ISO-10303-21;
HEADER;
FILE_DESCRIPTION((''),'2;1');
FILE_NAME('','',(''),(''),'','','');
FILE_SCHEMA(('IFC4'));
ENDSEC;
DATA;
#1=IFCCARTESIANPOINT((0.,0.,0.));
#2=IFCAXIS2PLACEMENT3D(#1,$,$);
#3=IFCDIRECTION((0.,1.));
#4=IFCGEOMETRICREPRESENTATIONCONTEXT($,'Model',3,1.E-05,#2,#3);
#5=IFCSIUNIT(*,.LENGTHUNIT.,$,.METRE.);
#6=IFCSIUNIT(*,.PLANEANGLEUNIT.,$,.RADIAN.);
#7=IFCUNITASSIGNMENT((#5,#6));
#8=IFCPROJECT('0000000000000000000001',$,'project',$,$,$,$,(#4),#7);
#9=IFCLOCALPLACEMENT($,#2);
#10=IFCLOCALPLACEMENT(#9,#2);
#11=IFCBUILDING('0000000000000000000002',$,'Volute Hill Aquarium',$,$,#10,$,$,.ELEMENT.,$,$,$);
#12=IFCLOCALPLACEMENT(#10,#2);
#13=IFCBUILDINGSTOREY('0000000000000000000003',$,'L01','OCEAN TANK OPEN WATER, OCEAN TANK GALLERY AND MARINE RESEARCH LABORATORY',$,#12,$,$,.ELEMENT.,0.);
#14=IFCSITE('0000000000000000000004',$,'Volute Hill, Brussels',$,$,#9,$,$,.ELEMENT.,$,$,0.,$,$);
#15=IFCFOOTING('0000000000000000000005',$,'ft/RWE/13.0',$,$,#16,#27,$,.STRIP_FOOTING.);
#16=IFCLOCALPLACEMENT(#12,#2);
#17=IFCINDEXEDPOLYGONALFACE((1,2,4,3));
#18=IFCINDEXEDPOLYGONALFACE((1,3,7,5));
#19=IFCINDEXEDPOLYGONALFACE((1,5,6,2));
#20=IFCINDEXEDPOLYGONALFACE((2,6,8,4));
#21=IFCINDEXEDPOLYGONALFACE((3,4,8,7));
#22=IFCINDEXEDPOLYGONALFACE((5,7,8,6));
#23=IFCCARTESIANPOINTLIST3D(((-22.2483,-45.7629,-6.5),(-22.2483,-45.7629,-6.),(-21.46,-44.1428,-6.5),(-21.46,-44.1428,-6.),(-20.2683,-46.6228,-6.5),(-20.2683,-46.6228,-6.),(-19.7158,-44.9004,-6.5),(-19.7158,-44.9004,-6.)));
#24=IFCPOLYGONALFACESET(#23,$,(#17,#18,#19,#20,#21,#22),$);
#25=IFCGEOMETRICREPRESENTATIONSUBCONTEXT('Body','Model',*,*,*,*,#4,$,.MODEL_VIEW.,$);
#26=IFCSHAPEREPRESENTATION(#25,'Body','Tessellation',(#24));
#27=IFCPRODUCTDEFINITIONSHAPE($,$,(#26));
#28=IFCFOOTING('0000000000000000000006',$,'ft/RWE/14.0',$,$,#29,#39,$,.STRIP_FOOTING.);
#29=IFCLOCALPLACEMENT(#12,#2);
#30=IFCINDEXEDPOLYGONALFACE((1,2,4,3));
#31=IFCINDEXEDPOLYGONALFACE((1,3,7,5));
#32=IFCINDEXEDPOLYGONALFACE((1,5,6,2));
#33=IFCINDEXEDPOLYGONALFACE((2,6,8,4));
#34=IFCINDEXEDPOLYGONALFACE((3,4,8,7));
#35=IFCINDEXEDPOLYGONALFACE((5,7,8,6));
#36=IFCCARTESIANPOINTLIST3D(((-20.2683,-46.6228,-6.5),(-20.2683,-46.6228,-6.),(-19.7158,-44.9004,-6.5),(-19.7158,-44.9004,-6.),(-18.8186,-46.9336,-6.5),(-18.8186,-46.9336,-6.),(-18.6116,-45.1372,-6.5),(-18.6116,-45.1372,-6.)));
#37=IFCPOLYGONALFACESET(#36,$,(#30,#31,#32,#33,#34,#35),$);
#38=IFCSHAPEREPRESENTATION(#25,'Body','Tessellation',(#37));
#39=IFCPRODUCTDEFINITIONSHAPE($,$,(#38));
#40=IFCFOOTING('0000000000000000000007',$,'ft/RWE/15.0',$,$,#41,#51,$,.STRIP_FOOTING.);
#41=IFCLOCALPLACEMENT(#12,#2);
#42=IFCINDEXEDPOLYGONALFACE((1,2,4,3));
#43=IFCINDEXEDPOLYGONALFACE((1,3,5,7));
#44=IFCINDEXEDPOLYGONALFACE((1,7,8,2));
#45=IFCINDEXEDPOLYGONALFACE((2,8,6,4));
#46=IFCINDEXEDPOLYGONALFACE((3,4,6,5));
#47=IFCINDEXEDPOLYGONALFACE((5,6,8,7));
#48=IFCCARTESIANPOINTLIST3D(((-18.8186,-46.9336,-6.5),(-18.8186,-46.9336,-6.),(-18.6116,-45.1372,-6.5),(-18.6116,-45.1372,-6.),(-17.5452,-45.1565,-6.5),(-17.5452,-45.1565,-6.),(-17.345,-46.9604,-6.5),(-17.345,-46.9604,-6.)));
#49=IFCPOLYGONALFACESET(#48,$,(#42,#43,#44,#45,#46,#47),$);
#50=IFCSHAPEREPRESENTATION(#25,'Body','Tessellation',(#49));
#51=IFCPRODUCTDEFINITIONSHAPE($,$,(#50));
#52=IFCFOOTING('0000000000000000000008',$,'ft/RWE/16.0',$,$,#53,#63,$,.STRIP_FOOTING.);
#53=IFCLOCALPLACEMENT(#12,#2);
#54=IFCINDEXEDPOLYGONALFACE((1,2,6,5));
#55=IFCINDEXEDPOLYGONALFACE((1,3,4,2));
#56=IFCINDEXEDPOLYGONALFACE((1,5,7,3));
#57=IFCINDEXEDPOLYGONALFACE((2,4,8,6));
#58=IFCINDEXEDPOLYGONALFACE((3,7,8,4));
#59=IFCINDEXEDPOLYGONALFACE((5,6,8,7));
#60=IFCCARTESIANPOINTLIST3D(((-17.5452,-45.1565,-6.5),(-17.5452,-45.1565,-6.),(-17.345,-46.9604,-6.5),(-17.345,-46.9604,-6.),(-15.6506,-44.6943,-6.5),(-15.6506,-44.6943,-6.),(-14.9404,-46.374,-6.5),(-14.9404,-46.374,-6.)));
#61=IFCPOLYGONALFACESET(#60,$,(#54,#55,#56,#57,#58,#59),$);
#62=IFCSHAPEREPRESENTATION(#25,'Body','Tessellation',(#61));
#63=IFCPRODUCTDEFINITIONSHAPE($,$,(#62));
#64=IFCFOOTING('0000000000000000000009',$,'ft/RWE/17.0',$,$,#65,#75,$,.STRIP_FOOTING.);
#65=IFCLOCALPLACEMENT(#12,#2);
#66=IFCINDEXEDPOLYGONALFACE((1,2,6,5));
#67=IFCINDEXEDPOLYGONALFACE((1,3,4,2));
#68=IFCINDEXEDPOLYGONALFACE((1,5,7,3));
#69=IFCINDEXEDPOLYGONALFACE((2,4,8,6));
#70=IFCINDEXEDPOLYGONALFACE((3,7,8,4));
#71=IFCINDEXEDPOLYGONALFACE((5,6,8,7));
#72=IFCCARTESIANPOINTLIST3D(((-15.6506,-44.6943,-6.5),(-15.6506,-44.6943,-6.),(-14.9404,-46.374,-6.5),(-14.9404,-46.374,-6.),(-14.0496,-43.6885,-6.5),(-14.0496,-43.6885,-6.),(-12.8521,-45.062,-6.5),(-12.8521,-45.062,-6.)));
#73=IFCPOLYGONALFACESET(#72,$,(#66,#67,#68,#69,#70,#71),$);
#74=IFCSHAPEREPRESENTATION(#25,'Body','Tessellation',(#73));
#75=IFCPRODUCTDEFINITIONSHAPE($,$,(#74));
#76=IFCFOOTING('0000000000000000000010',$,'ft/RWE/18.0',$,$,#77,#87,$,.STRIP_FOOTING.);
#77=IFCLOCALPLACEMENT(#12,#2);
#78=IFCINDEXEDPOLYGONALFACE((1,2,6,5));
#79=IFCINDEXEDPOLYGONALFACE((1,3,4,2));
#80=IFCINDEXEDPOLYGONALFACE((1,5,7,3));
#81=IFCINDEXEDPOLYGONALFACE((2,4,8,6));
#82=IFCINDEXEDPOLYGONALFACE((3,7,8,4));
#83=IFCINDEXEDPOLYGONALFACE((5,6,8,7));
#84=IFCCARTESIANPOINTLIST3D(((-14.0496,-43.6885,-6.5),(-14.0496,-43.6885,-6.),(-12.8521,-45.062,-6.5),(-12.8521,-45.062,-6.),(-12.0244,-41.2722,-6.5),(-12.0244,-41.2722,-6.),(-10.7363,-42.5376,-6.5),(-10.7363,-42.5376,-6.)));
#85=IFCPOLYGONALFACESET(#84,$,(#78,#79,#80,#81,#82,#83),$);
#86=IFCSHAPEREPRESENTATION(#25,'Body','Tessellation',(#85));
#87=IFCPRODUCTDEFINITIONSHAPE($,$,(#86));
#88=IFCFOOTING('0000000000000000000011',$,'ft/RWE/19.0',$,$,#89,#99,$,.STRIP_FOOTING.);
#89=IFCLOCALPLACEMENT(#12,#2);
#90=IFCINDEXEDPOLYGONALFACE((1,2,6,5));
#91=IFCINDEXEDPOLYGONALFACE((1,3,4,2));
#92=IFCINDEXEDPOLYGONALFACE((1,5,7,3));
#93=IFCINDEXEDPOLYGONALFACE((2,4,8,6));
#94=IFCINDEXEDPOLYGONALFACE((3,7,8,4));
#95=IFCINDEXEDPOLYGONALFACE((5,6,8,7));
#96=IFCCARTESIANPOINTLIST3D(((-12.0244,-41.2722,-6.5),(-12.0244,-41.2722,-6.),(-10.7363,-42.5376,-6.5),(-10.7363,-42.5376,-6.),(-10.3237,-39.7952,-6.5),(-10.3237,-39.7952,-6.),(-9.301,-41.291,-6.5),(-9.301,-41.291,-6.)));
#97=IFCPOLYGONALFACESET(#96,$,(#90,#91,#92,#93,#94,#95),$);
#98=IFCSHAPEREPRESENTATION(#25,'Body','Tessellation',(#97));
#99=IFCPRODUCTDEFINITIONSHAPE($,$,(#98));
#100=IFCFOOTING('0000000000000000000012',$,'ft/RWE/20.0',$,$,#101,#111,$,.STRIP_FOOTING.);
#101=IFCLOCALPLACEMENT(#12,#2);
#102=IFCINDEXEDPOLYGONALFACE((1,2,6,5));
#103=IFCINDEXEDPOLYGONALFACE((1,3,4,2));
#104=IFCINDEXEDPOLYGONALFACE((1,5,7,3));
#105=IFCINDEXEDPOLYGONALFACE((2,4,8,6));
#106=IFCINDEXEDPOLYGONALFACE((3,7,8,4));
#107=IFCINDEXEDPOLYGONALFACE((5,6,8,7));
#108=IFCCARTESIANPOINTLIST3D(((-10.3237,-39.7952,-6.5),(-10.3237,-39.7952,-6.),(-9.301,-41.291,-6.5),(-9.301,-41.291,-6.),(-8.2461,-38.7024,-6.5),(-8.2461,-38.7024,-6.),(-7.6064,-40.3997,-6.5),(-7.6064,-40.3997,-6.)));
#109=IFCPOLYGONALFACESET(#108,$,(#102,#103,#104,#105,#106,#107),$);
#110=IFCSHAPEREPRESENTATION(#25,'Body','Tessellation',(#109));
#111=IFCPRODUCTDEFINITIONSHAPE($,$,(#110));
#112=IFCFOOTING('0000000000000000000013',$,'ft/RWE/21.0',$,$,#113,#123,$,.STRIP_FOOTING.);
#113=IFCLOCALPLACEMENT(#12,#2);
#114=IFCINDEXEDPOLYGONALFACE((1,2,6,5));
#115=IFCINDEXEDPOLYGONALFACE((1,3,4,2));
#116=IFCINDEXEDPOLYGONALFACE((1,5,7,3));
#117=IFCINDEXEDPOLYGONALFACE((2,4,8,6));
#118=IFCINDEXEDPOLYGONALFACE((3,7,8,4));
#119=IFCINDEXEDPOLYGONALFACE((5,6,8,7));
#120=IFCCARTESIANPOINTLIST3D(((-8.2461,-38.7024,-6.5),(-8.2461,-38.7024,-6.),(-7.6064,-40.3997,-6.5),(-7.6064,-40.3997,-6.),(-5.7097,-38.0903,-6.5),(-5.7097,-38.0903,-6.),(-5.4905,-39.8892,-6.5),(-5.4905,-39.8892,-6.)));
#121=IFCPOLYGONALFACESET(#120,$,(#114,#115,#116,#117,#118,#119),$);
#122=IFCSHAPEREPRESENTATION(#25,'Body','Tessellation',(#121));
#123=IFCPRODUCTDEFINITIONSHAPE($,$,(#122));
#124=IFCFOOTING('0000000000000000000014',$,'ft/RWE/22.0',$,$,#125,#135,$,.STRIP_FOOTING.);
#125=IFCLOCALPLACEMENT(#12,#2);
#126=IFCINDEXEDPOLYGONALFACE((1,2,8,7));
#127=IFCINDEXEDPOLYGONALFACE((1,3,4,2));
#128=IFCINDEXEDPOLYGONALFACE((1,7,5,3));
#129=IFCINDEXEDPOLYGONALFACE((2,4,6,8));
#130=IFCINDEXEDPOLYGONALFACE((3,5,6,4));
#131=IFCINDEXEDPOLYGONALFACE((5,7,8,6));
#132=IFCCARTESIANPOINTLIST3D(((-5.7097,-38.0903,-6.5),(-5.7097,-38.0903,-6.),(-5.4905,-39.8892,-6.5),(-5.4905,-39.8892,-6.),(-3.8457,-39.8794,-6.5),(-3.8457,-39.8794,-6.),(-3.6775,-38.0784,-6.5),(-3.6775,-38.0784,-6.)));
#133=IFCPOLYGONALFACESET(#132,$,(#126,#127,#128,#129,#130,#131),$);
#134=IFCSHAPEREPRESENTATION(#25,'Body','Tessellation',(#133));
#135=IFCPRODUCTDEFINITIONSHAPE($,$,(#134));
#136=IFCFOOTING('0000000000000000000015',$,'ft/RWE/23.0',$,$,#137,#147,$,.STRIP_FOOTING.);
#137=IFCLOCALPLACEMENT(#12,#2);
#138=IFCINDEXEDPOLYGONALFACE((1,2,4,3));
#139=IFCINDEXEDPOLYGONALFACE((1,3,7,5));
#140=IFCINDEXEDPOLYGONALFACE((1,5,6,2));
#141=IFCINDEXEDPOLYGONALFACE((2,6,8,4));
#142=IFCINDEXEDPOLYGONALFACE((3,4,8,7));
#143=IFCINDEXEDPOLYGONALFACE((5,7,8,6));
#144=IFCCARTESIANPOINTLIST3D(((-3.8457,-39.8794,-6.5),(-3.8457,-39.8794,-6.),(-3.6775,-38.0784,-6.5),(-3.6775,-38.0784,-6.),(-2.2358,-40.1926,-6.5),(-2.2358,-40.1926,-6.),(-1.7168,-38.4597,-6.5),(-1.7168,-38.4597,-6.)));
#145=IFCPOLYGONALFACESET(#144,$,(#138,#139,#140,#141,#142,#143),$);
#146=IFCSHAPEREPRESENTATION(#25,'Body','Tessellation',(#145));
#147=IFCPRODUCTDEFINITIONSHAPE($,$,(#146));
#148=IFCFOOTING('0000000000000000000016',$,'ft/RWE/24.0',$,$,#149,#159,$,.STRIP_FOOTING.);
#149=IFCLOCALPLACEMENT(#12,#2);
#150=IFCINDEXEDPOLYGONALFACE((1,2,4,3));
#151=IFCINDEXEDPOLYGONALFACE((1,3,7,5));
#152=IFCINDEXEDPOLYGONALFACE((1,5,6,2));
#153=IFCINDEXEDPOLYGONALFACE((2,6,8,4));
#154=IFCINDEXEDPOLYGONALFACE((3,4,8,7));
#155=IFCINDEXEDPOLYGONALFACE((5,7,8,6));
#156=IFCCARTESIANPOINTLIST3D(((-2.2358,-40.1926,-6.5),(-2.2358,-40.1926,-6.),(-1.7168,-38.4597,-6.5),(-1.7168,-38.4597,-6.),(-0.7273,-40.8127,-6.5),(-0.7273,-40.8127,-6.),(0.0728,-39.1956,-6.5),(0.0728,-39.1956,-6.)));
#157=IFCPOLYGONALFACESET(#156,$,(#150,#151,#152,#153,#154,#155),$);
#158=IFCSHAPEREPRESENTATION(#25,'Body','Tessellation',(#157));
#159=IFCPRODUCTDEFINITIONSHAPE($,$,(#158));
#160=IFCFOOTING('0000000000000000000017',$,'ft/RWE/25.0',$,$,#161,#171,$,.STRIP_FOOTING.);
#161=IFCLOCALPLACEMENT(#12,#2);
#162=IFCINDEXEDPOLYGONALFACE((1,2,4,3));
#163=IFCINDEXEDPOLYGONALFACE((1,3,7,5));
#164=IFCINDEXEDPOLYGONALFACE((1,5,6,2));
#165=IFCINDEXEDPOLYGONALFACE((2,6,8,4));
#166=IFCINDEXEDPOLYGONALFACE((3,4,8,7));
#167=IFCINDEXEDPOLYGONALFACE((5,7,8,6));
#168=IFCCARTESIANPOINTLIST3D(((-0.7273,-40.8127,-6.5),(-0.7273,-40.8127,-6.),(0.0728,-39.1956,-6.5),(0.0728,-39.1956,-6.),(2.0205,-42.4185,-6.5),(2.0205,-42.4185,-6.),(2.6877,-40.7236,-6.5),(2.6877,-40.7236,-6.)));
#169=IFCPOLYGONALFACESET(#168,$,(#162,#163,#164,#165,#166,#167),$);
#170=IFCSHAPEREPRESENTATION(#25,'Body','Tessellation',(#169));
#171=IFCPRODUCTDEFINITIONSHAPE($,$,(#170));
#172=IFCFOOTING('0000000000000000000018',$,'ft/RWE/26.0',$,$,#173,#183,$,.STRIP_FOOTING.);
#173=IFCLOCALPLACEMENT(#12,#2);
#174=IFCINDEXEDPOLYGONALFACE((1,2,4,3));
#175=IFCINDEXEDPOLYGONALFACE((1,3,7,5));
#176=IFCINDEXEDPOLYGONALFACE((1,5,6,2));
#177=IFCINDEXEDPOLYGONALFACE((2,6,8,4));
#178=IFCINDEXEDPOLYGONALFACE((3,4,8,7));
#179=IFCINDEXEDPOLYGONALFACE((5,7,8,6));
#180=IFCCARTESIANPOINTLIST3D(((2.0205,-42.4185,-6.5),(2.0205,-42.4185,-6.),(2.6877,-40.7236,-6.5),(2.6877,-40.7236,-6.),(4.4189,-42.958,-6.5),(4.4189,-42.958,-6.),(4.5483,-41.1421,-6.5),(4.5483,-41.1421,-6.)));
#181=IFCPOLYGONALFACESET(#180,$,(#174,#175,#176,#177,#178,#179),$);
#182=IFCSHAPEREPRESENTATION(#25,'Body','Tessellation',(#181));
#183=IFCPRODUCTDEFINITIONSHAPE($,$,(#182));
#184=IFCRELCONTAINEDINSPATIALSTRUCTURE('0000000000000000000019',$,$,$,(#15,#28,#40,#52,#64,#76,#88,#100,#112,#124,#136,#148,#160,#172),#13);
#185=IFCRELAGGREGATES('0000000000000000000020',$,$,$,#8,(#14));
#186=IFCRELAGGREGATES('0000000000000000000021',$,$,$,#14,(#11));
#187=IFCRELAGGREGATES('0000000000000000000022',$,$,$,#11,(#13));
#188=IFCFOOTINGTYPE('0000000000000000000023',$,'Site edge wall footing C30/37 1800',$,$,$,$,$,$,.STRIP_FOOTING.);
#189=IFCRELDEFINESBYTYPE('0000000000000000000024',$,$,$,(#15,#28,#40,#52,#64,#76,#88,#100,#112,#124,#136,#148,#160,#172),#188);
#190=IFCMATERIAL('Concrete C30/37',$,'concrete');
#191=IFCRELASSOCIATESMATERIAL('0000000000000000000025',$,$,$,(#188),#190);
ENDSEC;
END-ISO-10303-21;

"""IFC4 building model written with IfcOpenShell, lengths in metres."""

from ifc_helpers import new_model, si_unit, direction, frame, origin, place, context, subcontext, project, spatial, polyline, outline, extrude, material, type_object, element, save


model = new_model("IFC4")

# Units and contexts
model_context = context("Model", 3, precision=1e-05, world=origin(), true_north=direction((0.0, 1.0)))
body_context = subcontext(model_context, "Body", "Model", "MODEL_VIEW")
ifc_project = project(units=[si_unit("LENGTHUNIT", "METRE"), si_unit("PLANEANGLEUNIT", "RADIAN")], contexts=[model_context])

# Site, building, storey
site_placement = place(None, origin())
site = spatial("IfcSite", under=ifc_project, at=site_placement, Name="Volute Hill, Brussels", CompositionType="ELEMENT", RefElevation=0.0)
building_placement = place(site_placement, origin())
building = spatial("IfcBuilding", under=site, at=building_placement, Name="Volute Hill Aquarium", CompositionType="ELEMENT")
storey_placement = place(building_placement, origin())
storey = spatial("IfcBuildingStorey", under=building, at=storey_placement, Name="L01", Description="OCEAN TANK OPEN WATER, OCEAN TANK GALLERY AND MARINE RESEARCH LABORATORY", CompositionType="ELEMENT", Elevation=0.0)

# Footings
ifc_material = material(Name="Concrete C30/37", Category="concrete")
footing_type = type_object("IfcFootingType", Name="Site edge wall footing C30/37 1800", PredefinedType="STRIP_FOOTING", material=ifc_material)
footing_1_placement = place(storey_placement, frame((0.0, 0.0, -6.5)))
element("IfcFooting", 1, at=footing_1_placement, inside=storey, type_object=footing_type, Name="ft/RWE/13.0", PredefinedType="STRIP_FOOTING", context=body_context, shape_type="SweptSolid", body=[
    extrude(outline(polyline([(-22.2483, -45.7629), (-20.2683, -46.6228), (-19.7158, -44.9004), (-21.46, -44.1428), (-22.2483, -45.7629)])), origin(), (0.0, 0.0, 1.0), 0.5),
])
footing_2_placement = place(storey_placement, frame((0.0, 0.0, -6.5)))
element("IfcFooting", 2, at=footing_2_placement, inside=storey, type_object=footing_type, Name="ft/RWE/14.0", PredefinedType="STRIP_FOOTING", context=body_context, shape_type="SweptSolid", body=[
    extrude(outline(polyline([(-20.2683, -46.6228), (-18.8186, -46.9336), (-18.6116, -45.1372), (-18.6116, -45.1372), (-19.7158, -44.9004), (-19.7158, -44.9004), (-20.2683, -46.6228), (-20.2683, -46.6228)])), origin(), (0.0, 0.0, 1.0), 0.5),
])
footing_3_placement = place(storey_placement, frame((0.0, 0.0, -6.5)))
element("IfcFooting", 3, at=footing_3_placement, inside=storey, type_object=footing_type, Name="ft/RWE/15.0", PredefinedType="STRIP_FOOTING", context=body_context, shape_type="SweptSolid", body=[
    extrude(outline(polyline([(-18.8186, -46.9336), (-17.345, -46.9604), (-17.5452, -45.1565), (-18.6116, -45.1372), (-18.8186, -46.9336), (-18.8186, -46.9336)])), origin(), (0.0, 0.0, 1.0), 0.5),
])
footing_4_placement = place(storey_placement, frame((0.0, 0.0, -6.5)))
element("IfcFooting", 4, at=footing_4_placement, inside=storey, type_object=footing_type, Name="ft/RWE/16.0", PredefinedType="STRIP_FOOTING", context=body_context, shape_type="SweptSolid", body=[
    extrude(outline(polyline([(-17.345, -46.9604), (-14.9404, -46.374), (-15.6506, -44.6943), (-15.6506, -44.6943), (-17.5452, -45.1565), (-17.5452, -45.1565), (-17.345, -46.9604), (-17.345, -46.9604)])), origin(), (0.0, 0.0, 1.0), 0.5),
])
footing_5_placement = place(storey_placement, frame((0.0, 0.0, -6.5)))
element("IfcFooting", 5, at=footing_5_placement, inside=storey, type_object=footing_type, Name="ft/RWE/17.0", PredefinedType="STRIP_FOOTING", context=body_context, shape_type="SweptSolid", body=[
    extrude(outline(polyline([(-12.8521, -45.062), (-12.8521, -45.062), (-14.0496, -43.6885), (-14.0496, -43.6885), (-15.6506, -44.6943), (-14.9404, -46.374), (-14.9404, -46.374), (-12.8521, -45.062)])), origin(), (0.0, 0.0, 1.0), 0.5),
])
footing_6_placement = place(storey_placement, frame((0.0, 0.0, -6.5)))
element("IfcFooting", 6, at=footing_6_placement, inside=storey, type_object=footing_type, Name="ft/RWE/18.0", PredefinedType="STRIP_FOOTING", context=body_context, shape_type="SweptSolid", body=[
    extrude(outline(polyline([(-10.7363, -42.5376), (-10.7363, -42.5376), (-12.0244, -41.2722), (-12.0244, -41.2722), (-14.0496, -43.6885), (-12.8521, -45.062), (-10.7363, -42.5376)])), origin(), (0.0, 0.0, 1.0), 0.5),
])
footing_7_placement = place(storey_placement, frame((0.0, 0.0, -6.5)))
element("IfcFooting", 7, at=footing_7_placement, inside=storey, type_object=footing_type, Name="ft/RWE/19.0", PredefinedType="STRIP_FOOTING", context=body_context, shape_type="SweptSolid", body=[
    extrude(outline(polyline([(-10.7363, -42.5376), (-9.301, -41.291), (-10.3237, -39.7952), (-10.3237, -39.7952), (-12.0244, -41.2722), (-10.7363, -42.5376)])), origin(), (0.0, 0.0, 1.0), 0.5),
])
footing_8_placement = place(storey_placement, frame((0.0, 0.0, -6.5)))
element("IfcFooting", 8, at=footing_8_placement, inside=storey, type_object=footing_type, Name="ft/RWE/20.0", PredefinedType="STRIP_FOOTING", context=body_context, shape_type="SweptSolid", body=[
    extrude(outline(polyline([(-9.301, -41.291), (-7.6064, -40.3997), (-8.2461, -38.7024), (-10.3237, -39.7952), (-9.301, -41.291), (-9.301, -41.291)])), origin(), (0.0, 0.0, 1.0), 0.5),
])
footing_9_placement = place(storey_placement, frame((0.0, 0.0, -6.5)))
element("IfcFooting", 9, at=footing_9_placement, inside=storey, type_object=footing_type, Name="ft/RWE/21.0", PredefinedType="STRIP_FOOTING", context=body_context, shape_type="SweptSolid", body=[
    extrude(outline(polyline([(-5.4905, -39.8892), (-5.4905, -39.8892), (-5.7097, -38.0903), (-5.7097, -38.0903), (-8.2461, -38.7024), (-8.2461, -38.7024), (-7.6064, -40.3997), (-7.6064, -40.3997), (-5.4905, -39.8892)])), origin(), (0.0, 0.0, 1.0), 0.5),
])
footing_10_placement = place(storey_placement, frame((0.0, 0.0, -6.5)))
element("IfcFooting", 10, at=footing_10_placement, inside=storey, type_object=footing_type, Name="ft/RWE/22.0", PredefinedType="STRIP_FOOTING", context=body_context, shape_type="SweptSolid", body=[
    extrude(outline(polyline([(-3.8457, -39.8794), (-3.8457, -39.8794), (-3.6775, -38.0784), (-3.6775, -38.0784), (-5.7097, -38.0903), (-5.4905, -39.8892), (-3.8457, -39.8794)])), origin(), (0.0, 0.0, 1.0), 0.5),
])
footing_11_placement = place(storey_placement, frame((0.0, 0.0, -6.5)))
element("IfcFooting", 11, at=footing_11_placement, inside=storey, type_object=footing_type, Name="ft/RWE/23.0", PredefinedType="STRIP_FOOTING", context=body_context, shape_type="SweptSolid", body=[
    extrude(outline(polyline([(-2.2358, -40.1926), (-2.2358, -40.1926), (-1.7168, -38.4597), (-3.6775, -38.0784), (-3.8457, -39.8794), (-2.2358, -40.1926)])), origin(), (0.0, 0.0, 1.0), 0.5),
])
footing_12_placement = place(storey_placement, frame((0.0, 0.0, -6.5)))
element("IfcFooting", 12, at=footing_12_placement, inside=storey, type_object=footing_type, Name="ft/RWE/24.0", PredefinedType="STRIP_FOOTING", context=body_context, shape_type="SweptSolid", body=[
    extrude(outline(polyline([(-2.2358, -40.1926), (-0.7273, -40.8127), (0.0728, -39.1956), (0.0728, -39.1956), (-1.7168, -38.4597), (-1.7168, -38.4597), (-2.2358, -40.1926)])), origin(), (0.0, 0.0, 1.0), 0.5),
])
footing_13_placement = place(storey_placement, frame((0.0, 0.0, -6.5)))
element("IfcFooting", 13, at=footing_13_placement, inside=storey, type_object=footing_type, Name="ft/RWE/25.0", PredefinedType="STRIP_FOOTING", context=body_context, shape_type="SweptSolid", body=[
    extrude(outline(polyline([(2.0205, -42.4185), (2.0205, -42.4185), (2.6877, -40.7236), (2.6877, -40.7236), (0.0728, -39.1956), (-0.7273, -40.8127), (-0.7273, -40.8127), (2.0205, -42.4185)])), origin(), (0.0, 0.0, 1.0), 0.5),
])
footing_14_placement = place(storey_placement, frame((0.0, 0.0, -6.5)))
element("IfcFooting", 14, at=footing_14_placement, inside=storey, type_object=footing_type, Name="ft/RWE/26.0", PredefinedType="STRIP_FOOTING", context=body_context, shape_type="SweptSolid", body=[
    extrude(outline(polyline([(2.0205, -42.4185), (4.4189, -42.958), (4.5483, -41.1421), (2.6877, -40.7236), (2.0205, -42.4185)])), origin(), (0.0, 0.0, 1.0), 0.5),
])

save(model, "model.ifc")
